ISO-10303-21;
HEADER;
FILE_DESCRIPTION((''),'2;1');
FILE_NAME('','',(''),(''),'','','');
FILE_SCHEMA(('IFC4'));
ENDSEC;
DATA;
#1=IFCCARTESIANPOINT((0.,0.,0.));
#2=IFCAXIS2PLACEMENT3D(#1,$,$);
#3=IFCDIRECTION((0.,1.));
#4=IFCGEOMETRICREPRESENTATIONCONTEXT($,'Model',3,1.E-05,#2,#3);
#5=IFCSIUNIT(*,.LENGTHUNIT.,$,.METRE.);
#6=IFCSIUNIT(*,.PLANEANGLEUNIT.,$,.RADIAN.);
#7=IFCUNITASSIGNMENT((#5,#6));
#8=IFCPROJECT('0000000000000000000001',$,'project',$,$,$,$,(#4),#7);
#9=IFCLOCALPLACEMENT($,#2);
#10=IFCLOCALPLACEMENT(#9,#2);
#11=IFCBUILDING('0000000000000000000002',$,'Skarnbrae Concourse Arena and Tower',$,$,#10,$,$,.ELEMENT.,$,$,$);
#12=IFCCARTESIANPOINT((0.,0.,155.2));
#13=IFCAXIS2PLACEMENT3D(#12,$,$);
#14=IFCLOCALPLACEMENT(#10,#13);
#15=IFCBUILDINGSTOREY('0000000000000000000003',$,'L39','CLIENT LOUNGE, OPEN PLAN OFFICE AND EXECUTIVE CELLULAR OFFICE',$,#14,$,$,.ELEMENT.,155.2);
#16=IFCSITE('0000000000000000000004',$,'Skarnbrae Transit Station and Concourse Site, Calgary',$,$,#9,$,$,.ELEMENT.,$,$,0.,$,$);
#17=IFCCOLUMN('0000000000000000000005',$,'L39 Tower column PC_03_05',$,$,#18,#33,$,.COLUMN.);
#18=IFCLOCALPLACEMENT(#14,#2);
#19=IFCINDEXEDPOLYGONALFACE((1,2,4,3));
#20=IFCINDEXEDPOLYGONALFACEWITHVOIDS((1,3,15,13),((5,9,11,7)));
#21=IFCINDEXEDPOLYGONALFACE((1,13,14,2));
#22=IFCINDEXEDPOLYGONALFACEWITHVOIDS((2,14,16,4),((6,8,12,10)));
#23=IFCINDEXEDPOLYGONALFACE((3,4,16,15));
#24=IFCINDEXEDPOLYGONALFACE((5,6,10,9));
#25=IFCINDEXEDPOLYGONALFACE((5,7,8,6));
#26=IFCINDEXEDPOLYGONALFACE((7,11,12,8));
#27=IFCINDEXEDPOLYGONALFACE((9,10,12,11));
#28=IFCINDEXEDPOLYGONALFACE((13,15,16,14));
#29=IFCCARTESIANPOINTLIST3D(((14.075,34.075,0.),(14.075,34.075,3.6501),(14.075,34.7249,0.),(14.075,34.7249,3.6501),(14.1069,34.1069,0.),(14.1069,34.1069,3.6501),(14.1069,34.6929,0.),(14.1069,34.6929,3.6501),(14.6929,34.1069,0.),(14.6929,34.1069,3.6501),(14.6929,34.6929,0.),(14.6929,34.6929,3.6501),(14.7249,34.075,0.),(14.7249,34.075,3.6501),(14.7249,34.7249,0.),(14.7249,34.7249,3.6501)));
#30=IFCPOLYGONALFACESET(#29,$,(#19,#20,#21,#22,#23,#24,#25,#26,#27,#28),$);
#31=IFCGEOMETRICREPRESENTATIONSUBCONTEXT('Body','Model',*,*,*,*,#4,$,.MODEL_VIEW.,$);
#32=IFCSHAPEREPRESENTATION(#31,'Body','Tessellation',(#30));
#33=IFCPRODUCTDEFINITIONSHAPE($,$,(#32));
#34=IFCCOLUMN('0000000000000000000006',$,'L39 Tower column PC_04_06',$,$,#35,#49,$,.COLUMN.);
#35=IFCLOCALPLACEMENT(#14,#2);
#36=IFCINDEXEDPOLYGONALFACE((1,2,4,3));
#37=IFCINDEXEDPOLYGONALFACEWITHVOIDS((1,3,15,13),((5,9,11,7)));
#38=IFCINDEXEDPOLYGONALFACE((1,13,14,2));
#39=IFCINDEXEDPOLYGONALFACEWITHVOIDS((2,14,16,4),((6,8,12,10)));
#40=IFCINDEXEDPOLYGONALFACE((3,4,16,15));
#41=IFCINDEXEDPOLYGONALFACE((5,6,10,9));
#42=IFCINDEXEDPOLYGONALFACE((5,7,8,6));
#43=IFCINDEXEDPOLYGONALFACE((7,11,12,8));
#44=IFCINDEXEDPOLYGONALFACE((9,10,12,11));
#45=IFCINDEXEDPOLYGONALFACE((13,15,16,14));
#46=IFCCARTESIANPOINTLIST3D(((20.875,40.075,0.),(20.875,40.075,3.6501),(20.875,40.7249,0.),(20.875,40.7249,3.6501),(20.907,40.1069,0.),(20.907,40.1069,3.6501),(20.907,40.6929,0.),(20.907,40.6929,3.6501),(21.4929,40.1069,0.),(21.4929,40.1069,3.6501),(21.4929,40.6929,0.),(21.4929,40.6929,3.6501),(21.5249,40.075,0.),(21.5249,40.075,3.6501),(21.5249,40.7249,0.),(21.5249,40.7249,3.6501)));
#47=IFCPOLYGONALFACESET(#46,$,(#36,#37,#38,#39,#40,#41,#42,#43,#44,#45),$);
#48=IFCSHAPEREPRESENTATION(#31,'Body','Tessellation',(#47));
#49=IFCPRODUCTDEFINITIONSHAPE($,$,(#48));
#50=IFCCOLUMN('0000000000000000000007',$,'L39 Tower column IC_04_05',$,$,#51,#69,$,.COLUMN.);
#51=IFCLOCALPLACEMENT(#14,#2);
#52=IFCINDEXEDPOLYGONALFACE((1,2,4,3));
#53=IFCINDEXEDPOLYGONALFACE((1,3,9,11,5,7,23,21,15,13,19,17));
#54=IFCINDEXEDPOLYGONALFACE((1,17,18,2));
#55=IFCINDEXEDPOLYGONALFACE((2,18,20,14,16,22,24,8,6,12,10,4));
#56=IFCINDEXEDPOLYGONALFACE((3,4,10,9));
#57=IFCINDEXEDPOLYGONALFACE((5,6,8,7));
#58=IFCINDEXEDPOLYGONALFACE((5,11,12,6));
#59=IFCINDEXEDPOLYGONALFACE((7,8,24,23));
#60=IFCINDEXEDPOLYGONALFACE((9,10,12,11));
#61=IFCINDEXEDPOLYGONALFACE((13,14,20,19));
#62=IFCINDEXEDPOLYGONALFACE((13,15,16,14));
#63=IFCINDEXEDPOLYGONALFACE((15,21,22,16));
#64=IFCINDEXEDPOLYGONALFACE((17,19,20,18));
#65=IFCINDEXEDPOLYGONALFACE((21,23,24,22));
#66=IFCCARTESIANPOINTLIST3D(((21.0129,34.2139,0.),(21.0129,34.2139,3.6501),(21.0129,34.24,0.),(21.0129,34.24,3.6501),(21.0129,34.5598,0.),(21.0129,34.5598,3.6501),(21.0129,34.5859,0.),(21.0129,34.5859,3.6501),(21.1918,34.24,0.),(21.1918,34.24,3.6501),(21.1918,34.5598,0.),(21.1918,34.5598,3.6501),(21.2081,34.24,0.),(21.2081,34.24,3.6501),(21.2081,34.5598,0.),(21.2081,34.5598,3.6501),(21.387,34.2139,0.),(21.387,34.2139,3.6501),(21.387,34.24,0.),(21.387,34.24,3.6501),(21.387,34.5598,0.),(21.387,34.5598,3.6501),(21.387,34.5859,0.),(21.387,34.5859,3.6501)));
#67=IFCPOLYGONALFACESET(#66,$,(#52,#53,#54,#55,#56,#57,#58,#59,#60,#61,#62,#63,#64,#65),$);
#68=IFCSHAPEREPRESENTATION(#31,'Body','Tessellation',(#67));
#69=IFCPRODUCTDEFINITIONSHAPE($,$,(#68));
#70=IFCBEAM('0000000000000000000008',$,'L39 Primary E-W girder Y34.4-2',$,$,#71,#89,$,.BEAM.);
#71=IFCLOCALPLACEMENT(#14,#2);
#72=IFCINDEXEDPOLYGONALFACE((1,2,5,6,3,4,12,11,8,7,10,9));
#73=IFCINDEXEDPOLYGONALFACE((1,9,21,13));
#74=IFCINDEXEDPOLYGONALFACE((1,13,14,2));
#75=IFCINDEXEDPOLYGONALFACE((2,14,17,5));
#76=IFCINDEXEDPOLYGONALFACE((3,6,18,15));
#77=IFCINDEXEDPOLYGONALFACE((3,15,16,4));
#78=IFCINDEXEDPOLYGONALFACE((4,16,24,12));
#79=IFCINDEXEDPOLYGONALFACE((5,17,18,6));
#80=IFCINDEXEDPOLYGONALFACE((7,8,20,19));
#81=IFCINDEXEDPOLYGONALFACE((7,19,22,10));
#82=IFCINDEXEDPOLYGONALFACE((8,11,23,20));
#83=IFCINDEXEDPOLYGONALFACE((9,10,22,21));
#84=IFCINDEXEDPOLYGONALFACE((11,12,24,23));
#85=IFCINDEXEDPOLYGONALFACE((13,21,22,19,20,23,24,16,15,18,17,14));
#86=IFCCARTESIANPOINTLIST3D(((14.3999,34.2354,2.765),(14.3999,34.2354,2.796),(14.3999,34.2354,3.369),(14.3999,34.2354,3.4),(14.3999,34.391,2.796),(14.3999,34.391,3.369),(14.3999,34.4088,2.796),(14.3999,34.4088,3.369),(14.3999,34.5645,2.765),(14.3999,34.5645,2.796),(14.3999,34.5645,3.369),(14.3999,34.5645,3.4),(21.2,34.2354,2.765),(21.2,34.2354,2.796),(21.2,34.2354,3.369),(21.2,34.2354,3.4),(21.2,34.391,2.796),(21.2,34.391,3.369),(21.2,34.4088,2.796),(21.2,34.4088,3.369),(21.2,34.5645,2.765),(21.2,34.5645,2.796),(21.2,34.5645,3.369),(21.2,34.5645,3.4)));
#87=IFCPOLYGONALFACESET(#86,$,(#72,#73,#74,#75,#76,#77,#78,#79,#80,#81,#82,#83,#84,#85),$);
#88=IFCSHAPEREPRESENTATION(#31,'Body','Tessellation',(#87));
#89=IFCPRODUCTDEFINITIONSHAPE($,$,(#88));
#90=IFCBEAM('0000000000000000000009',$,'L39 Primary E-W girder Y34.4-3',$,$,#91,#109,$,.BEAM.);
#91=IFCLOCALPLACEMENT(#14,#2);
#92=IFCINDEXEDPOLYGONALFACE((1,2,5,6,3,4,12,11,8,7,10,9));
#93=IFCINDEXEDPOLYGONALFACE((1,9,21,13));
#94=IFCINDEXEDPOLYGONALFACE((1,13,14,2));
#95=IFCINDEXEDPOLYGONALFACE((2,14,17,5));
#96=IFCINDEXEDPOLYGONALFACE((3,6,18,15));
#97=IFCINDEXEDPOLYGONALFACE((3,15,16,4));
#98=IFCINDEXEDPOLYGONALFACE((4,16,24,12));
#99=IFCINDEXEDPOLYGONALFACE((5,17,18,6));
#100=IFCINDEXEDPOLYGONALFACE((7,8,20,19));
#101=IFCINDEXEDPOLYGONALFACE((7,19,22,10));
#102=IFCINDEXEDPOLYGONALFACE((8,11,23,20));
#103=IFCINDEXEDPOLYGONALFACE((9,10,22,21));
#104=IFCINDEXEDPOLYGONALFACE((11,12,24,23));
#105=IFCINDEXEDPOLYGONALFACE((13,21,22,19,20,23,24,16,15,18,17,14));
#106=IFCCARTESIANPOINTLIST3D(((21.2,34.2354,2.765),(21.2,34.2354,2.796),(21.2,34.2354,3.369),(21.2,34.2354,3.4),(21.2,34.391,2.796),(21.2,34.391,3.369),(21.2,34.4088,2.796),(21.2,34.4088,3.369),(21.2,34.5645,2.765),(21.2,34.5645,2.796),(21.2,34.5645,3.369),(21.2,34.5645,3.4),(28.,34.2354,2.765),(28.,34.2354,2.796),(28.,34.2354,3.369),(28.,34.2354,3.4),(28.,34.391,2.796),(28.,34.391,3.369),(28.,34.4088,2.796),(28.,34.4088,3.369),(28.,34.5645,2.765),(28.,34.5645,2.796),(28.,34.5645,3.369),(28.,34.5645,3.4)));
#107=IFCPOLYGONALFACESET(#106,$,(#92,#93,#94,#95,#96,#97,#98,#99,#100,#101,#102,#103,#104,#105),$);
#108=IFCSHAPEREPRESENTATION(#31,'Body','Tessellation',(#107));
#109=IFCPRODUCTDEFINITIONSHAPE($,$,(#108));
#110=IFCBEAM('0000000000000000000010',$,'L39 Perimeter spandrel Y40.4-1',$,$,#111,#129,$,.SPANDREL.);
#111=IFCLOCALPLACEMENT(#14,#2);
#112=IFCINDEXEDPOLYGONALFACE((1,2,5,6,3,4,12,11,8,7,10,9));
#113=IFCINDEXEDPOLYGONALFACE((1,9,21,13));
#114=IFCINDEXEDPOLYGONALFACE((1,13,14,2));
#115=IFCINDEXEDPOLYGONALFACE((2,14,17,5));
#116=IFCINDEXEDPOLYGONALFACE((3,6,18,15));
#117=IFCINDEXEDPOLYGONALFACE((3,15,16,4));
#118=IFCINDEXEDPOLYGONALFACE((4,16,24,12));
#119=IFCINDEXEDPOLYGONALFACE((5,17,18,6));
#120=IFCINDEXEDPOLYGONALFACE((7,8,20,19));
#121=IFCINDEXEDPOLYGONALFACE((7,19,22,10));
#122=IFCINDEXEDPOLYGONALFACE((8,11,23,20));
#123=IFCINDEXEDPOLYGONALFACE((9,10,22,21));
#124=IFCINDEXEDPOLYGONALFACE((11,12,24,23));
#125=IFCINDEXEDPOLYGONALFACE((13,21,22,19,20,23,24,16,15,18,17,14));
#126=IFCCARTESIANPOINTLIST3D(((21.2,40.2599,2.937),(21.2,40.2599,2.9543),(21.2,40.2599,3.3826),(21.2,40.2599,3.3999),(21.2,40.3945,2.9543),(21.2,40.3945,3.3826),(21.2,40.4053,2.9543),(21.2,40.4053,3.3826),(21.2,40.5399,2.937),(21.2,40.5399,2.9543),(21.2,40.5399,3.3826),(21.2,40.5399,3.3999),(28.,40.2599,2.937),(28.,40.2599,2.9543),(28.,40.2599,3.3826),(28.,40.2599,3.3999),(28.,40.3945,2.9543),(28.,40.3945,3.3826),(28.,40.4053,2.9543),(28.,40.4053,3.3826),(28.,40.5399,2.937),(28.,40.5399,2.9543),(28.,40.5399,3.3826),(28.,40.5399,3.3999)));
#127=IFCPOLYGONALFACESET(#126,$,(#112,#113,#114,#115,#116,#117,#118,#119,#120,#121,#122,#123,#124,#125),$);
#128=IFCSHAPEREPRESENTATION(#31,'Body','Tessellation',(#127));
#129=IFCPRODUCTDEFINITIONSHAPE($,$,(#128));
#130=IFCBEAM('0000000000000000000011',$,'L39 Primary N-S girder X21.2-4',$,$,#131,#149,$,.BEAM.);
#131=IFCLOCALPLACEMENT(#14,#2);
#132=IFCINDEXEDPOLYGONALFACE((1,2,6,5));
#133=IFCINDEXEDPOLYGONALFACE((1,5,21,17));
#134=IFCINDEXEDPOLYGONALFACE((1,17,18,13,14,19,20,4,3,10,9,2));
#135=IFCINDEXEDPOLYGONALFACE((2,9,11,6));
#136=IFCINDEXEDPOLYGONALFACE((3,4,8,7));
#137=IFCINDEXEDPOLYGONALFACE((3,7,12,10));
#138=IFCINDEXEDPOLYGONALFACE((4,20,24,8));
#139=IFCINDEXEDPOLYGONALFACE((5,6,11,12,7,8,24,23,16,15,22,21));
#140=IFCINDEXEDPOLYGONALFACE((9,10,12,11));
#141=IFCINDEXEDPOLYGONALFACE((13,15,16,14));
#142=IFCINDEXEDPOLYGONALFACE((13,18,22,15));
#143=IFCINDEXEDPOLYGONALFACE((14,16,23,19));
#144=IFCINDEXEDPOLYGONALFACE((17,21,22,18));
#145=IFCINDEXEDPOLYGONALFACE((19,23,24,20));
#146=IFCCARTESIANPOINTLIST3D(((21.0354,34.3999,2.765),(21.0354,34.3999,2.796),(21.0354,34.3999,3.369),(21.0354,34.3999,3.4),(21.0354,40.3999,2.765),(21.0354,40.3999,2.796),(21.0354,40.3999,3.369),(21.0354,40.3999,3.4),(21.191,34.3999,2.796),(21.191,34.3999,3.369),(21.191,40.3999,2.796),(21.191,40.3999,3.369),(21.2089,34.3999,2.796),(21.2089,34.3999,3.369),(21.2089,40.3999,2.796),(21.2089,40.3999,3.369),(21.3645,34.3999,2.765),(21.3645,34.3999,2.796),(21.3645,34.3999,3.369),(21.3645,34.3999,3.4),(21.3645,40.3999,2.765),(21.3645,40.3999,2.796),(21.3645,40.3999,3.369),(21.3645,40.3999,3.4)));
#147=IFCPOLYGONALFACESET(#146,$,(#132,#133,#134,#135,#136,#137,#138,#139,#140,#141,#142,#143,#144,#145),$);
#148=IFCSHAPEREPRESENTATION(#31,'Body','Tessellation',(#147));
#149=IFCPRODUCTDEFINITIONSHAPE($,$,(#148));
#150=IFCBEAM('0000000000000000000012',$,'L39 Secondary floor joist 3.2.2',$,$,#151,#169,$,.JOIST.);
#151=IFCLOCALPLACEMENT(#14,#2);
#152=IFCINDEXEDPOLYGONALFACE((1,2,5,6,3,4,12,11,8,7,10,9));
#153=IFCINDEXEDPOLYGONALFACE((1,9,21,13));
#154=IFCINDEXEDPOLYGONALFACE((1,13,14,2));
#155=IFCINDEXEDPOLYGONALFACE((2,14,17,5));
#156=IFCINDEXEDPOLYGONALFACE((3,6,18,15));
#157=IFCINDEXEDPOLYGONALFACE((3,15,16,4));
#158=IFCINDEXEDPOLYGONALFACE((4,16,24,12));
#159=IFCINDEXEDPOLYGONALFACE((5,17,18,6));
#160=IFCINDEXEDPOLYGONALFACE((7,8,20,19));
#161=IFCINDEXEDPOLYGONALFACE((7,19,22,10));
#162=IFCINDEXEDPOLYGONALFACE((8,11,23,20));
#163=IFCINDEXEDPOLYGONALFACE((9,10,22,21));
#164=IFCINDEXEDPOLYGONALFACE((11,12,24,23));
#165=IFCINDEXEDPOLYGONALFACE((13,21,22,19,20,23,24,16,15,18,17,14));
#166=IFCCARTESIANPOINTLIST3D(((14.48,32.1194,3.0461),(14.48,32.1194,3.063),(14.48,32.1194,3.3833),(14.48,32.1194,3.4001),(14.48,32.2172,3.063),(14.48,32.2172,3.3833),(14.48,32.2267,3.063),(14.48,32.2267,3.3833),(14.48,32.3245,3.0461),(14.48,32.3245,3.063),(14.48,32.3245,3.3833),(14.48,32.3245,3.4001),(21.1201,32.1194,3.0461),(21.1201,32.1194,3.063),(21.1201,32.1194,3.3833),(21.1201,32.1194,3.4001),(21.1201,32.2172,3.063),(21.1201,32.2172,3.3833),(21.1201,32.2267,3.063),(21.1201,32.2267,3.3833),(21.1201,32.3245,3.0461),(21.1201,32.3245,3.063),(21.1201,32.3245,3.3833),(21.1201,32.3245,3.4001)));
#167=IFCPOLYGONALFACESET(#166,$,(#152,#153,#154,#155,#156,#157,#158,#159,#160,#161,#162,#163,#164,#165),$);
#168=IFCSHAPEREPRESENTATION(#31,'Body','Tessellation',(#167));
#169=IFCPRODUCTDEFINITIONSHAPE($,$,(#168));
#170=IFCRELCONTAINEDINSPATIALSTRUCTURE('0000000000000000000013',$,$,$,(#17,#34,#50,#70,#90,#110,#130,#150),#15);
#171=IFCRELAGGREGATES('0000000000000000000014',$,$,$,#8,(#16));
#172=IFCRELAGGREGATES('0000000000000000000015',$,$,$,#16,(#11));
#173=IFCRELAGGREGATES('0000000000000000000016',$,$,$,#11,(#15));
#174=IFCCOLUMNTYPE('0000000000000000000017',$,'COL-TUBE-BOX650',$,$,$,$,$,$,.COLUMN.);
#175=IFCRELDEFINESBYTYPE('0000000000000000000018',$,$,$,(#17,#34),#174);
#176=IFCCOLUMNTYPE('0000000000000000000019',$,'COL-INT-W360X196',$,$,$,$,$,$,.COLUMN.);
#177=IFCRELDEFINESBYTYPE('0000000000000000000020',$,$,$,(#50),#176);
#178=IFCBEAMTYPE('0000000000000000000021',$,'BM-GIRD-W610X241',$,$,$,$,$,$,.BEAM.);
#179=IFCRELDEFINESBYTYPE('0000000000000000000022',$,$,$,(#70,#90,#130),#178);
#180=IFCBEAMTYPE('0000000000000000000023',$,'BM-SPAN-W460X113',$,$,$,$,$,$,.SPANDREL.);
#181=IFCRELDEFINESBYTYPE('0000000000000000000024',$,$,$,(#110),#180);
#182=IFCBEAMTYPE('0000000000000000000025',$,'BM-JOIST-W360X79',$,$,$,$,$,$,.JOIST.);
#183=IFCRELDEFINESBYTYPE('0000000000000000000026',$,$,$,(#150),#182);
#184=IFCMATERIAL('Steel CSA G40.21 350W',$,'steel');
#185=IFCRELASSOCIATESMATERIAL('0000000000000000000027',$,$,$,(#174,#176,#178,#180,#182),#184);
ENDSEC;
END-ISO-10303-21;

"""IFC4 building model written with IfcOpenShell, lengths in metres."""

from ifc_helpers import new_model, si_unit, direction, frame, origin, origin_2d, place, context, subcontext, project, spatial, hollow_rectangle, i_section, extrude, source, transform, mapped, material, material_profile, profile_set, type_object, element, save


model = new_model("IFC4")

# Units and contexts
model_context = context("Model", 3, precision=1e-05, world=origin(), true_north=direction((0.0, 1.0)))
body_context = subcontext(model_context, "Body", "Model", "MODEL_VIEW")
ifc_project = project(units=[si_unit("LENGTHUNIT", "METRE"), si_unit("PLANEANGLEUNIT", "RADIAN")], contexts=[model_context])

# Site, building, storey
site_placement = place(None, origin())
site = spatial("IfcSite", under=ifc_project, at=site_placement, Name="Skarnbrae Transit Station and Concourse Site, Calgary", CompositionType="ELEMENT", RefElevation=0.0)
building_placement = place(site_placement, origin())
building = spatial("IfcBuilding", under=site, at=building_placement, Name="Skarnbrae Concourse Arena and Tower", CompositionType="ELEMENT")
storey_placement = place(building_placement, frame((0.0, 0.0, 155.2)))
storey = spatial("IfcBuildingStorey", under=building, at=storey_placement, Name="L39", Description="CLIENT LOUNGE, OPEN PLAN OFFICE AND EXECUTIVE CELLULAR OFFICE", CompositionType="ELEMENT", Elevation=155.2)

# Columns
ifc_material_1 = material(Name="Steel CSA G40.21 350W", Category="steel")
ifc_material_profile_1 = material_profile(ifc_material_1, hollow_rectangle(XDim=0.6499, YDim=0.6499, WallThickness=0.032, at=origin_2d()), Name="BOX650X650X32")
ifc_profile_set_1 = profile_set([ifc_material_profile_1], Name="Steel CSA G40.21 350W")
column_type_1 = type_object("IfcColumnType", Name="COL-TUBE-BOX650", PredefinedType="COLUMN", material=ifc_profile_set_1)
shared_shape_1 = source(origin(), body_context, "Body", "SweptSolid", [
    extrude(hollow_rectangle(XDim=0.6499, YDim=0.6499, WallThickness=0.032, at=origin_2d()), origin(), (0.0, 0.0, 1.0), 3.6501),
])
for number, where, z_axis, x_axis, name in (
    (1, (14.3999, 34.3999, 0.0), (0.0, 0.0, 1.0), (1.0, 0.0, 0.0), "L39 Tower column PC_03_05"),
    (2, (21.2, 40.3999, 0.0), (0.0, 0.0, 1.0), (1.0, 0.0, 0.0), "L39 Tower column PC_04_06"),
):
    element("IfcColumn", number, at=place(storey_placement, frame(where, z_axis=z_axis, x_axis=x_axis)), inside=storey, type_object=column_type_1, Name=name, PredefinedType="COLUMN", context=body_context, shape_type="MappedRepresentation", body=[
        mapped(shared_shape_1, transform((0.0, 0.0, 0.0))),
    ])
ifc_material_profile_2 = material_profile(ifc_material_1, i_section(OverallWidth=0.374, OverallDepth=0.3721, WebThickness=0.0164, FlangeThickness=0.0261, at=origin_2d()), Name="W360X196")
ifc_profile_set_2 = profile_set([ifc_material_profile_2], Name="Steel CSA G40.21 350W")
column_type_2 = type_object("IfcColumnType", Name="COL-INT-W360X196", PredefinedType="COLUMN", material=ifc_profile_set_2)
shared_shape_2 = source(origin(), body_context, "Body", "SweptSolid", [
    extrude(i_section(OverallWidth=0.374, OverallDepth=0.3721, WebThickness=0.0164, FlangeThickness=0.0261, at=origin_2d()), origin(), (0.0, 0.0, 1.0), 3.6501),
])
column_placement = place(storey_placement, frame((21.2, 34.3999, 0.0), z_axis=(0.0, 0.0, 1.0), x_axis=(1.0, 0.0, 0.0)))
element("IfcColumn", 3, at=column_placement, inside=storey, type_object=column_type_2, Name="L39 Tower column IC_04_05", PredefinedType="COLUMN", context=body_context, shape_type="MappedRepresentation", body=[
    mapped(shared_shape_2, transform((0.0, 0.0, 0.0))),
])

# Beams
ifc_material_profile_3 = material_profile(ifc_material_1, i_section(OverallWidth=0.3291, OverallDepth=0.635, WebThickness=0.0178, FlangeThickness=0.031, at=origin_2d()), Name="W610X241")
ifc_profile_set_3 = profile_set([ifc_material_profile_3], Name="Steel CSA G40.21 350W")
beam_type_1 = type_object("IfcBeamType", Name="BM-GIRD-W610X241", PredefinedType="BEAM", material=ifc_profile_set_3)
shared_shape_3 = source(origin(), body_context, "Body", "SweptSolid", [
    extrude(i_section(OverallWidth=0.3291, OverallDepth=0.635, WebThickness=0.0178, FlangeThickness=0.031, at=origin_2d()), origin(), (0.0, 0.0, 1.0), 6.8),
])
for number, where, z_axis, x_axis, name in (
    (4, (14.3999, 34.3999, 3.0825), (1.0, 0.0, 0.0), (0.0, 1.0, 0.0), "L39 Primary E-W girder Y34.4-2"),
    (5, (21.2, 34.3999, 3.0825), (1.0, 0.0, 0.0), (0.0, 1.0, 0.0), "L39 Primary E-W girder Y34.4-3"),
):
    element("IfcBeam", number, at=place(storey_placement, frame(where, z_axis=z_axis, x_axis=x_axis)), inside=storey, type_object=beam_type_1, Name=name, PredefinedType="BEAM", context=body_context, shape_type="MappedRepresentation", body=[
        mapped(shared_shape_3, transform((0.0, 0.0, 0.0))),
    ])
ifc_material_profile_4 = material_profile(ifc_material_1, i_section(OverallWidth=0.28, OverallDepth=0.4629, WebThickness=0.0107, FlangeThickness=0.0173, at=origin_2d()), Name="W460X113")
ifc_profile_set_4 = profile_set([ifc_material_profile_4], Name="Steel CSA G40.21 350W")
beam_type_2 = type_object("IfcBeamType", Name="BM-SPAN-W460X113", PredefinedType="SPANDREL", material=ifc_profile_set_4)
shared_shape_4 = source(origin(), body_context, "Body", "SweptSolid", [
    extrude(i_section(OverallWidth=0.28, OverallDepth=0.4629, WebThickness=0.0107, FlangeThickness=0.0173, at=origin_2d()), origin(), (0.0, 0.0, 1.0), 6.8),
])
beam_1_placement = place(storey_placement, frame((21.2, 40.3999, 3.1685), z_axis=(1.0, 0.0, 0.0), x_axis=(0.0, 1.0, 0.0)))
element("IfcBeam", 6, at=beam_1_placement, inside=storey, type_object=beam_type_2, Name="L39 Perimeter spandrel Y40.4-1", PredefinedType="SPANDREL", context=body_context, shape_type="MappedRepresentation", body=[
    mapped(shared_shape_4, transform((0.0, 0.0, 0.0))),
])
shared_shape_5 = source(origin(), body_context, "Body", "SweptSolid", [
    extrude(i_section(OverallWidth=0.3291, OverallDepth=0.635, WebThickness=0.0178, FlangeThickness=0.031, at=origin_2d()), origin(), (0.0, 0.0, 1.0), 6.0),
])
beam_2_placement = place(storey_placement, frame((21.2, 34.3999, 3.0825), z_axis=(0.0, 1.0, 0.0), x_axis=(-1.0, 0.0, 0.0)))
element("IfcBeam", 7, at=beam_2_placement, inside=storey, type_object=beam_type_1, Name="L39 Primary N-S girder X21.2-4", PredefinedType="BEAM", context=body_context, shape_type="MappedRepresentation", body=[
    mapped(shared_shape_5, transform((0.0, 0.0, 0.0))),
])
ifc_material_profile_5 = material_profile(ifc_material_1, i_section(OverallWidth=0.2051, OverallDepth=0.354, WebThickness=0.0095, FlangeThickness=0.0168, at=origin_2d()), Name="W360X79")
ifc_profile_set_5 = profile_set([ifc_material_profile_5], Name="Steel CSA G40.21 350W")
beam_type_3 = type_object("IfcBeamType", Name="BM-JOIST-W360X79", PredefinedType="JOIST", material=ifc_profile_set_5)
shared_shape_6 = source(origin(), body_context, "Body", "SweptSolid", [
    extrude(i_section(OverallWidth=0.2051, OverallDepth=0.354, WebThickness=0.0095, FlangeThickness=0.0168, at=origin_2d()), origin(), (0.0, 0.0, 1.0), 6.6401),
])
beam_3_placement = place(storey_placement, frame((14.48, 32.2219, 3.2231), z_axis=(1.0, 0.0, 0.0), x_axis=(0.0, 1.0, 0.0)))
element("IfcBeam", 8, at=beam_3_placement, inside=storey, type_object=beam_type_3, Name="L39 Secondary floor joist 3.2.2", PredefinedType="JOIST", context=body_context, shape_type="MappedRepresentation", body=[
    mapped(shared_shape_6, transform((0.0, 0.0, 0.0))),
])

save(model, "model.ifc")
